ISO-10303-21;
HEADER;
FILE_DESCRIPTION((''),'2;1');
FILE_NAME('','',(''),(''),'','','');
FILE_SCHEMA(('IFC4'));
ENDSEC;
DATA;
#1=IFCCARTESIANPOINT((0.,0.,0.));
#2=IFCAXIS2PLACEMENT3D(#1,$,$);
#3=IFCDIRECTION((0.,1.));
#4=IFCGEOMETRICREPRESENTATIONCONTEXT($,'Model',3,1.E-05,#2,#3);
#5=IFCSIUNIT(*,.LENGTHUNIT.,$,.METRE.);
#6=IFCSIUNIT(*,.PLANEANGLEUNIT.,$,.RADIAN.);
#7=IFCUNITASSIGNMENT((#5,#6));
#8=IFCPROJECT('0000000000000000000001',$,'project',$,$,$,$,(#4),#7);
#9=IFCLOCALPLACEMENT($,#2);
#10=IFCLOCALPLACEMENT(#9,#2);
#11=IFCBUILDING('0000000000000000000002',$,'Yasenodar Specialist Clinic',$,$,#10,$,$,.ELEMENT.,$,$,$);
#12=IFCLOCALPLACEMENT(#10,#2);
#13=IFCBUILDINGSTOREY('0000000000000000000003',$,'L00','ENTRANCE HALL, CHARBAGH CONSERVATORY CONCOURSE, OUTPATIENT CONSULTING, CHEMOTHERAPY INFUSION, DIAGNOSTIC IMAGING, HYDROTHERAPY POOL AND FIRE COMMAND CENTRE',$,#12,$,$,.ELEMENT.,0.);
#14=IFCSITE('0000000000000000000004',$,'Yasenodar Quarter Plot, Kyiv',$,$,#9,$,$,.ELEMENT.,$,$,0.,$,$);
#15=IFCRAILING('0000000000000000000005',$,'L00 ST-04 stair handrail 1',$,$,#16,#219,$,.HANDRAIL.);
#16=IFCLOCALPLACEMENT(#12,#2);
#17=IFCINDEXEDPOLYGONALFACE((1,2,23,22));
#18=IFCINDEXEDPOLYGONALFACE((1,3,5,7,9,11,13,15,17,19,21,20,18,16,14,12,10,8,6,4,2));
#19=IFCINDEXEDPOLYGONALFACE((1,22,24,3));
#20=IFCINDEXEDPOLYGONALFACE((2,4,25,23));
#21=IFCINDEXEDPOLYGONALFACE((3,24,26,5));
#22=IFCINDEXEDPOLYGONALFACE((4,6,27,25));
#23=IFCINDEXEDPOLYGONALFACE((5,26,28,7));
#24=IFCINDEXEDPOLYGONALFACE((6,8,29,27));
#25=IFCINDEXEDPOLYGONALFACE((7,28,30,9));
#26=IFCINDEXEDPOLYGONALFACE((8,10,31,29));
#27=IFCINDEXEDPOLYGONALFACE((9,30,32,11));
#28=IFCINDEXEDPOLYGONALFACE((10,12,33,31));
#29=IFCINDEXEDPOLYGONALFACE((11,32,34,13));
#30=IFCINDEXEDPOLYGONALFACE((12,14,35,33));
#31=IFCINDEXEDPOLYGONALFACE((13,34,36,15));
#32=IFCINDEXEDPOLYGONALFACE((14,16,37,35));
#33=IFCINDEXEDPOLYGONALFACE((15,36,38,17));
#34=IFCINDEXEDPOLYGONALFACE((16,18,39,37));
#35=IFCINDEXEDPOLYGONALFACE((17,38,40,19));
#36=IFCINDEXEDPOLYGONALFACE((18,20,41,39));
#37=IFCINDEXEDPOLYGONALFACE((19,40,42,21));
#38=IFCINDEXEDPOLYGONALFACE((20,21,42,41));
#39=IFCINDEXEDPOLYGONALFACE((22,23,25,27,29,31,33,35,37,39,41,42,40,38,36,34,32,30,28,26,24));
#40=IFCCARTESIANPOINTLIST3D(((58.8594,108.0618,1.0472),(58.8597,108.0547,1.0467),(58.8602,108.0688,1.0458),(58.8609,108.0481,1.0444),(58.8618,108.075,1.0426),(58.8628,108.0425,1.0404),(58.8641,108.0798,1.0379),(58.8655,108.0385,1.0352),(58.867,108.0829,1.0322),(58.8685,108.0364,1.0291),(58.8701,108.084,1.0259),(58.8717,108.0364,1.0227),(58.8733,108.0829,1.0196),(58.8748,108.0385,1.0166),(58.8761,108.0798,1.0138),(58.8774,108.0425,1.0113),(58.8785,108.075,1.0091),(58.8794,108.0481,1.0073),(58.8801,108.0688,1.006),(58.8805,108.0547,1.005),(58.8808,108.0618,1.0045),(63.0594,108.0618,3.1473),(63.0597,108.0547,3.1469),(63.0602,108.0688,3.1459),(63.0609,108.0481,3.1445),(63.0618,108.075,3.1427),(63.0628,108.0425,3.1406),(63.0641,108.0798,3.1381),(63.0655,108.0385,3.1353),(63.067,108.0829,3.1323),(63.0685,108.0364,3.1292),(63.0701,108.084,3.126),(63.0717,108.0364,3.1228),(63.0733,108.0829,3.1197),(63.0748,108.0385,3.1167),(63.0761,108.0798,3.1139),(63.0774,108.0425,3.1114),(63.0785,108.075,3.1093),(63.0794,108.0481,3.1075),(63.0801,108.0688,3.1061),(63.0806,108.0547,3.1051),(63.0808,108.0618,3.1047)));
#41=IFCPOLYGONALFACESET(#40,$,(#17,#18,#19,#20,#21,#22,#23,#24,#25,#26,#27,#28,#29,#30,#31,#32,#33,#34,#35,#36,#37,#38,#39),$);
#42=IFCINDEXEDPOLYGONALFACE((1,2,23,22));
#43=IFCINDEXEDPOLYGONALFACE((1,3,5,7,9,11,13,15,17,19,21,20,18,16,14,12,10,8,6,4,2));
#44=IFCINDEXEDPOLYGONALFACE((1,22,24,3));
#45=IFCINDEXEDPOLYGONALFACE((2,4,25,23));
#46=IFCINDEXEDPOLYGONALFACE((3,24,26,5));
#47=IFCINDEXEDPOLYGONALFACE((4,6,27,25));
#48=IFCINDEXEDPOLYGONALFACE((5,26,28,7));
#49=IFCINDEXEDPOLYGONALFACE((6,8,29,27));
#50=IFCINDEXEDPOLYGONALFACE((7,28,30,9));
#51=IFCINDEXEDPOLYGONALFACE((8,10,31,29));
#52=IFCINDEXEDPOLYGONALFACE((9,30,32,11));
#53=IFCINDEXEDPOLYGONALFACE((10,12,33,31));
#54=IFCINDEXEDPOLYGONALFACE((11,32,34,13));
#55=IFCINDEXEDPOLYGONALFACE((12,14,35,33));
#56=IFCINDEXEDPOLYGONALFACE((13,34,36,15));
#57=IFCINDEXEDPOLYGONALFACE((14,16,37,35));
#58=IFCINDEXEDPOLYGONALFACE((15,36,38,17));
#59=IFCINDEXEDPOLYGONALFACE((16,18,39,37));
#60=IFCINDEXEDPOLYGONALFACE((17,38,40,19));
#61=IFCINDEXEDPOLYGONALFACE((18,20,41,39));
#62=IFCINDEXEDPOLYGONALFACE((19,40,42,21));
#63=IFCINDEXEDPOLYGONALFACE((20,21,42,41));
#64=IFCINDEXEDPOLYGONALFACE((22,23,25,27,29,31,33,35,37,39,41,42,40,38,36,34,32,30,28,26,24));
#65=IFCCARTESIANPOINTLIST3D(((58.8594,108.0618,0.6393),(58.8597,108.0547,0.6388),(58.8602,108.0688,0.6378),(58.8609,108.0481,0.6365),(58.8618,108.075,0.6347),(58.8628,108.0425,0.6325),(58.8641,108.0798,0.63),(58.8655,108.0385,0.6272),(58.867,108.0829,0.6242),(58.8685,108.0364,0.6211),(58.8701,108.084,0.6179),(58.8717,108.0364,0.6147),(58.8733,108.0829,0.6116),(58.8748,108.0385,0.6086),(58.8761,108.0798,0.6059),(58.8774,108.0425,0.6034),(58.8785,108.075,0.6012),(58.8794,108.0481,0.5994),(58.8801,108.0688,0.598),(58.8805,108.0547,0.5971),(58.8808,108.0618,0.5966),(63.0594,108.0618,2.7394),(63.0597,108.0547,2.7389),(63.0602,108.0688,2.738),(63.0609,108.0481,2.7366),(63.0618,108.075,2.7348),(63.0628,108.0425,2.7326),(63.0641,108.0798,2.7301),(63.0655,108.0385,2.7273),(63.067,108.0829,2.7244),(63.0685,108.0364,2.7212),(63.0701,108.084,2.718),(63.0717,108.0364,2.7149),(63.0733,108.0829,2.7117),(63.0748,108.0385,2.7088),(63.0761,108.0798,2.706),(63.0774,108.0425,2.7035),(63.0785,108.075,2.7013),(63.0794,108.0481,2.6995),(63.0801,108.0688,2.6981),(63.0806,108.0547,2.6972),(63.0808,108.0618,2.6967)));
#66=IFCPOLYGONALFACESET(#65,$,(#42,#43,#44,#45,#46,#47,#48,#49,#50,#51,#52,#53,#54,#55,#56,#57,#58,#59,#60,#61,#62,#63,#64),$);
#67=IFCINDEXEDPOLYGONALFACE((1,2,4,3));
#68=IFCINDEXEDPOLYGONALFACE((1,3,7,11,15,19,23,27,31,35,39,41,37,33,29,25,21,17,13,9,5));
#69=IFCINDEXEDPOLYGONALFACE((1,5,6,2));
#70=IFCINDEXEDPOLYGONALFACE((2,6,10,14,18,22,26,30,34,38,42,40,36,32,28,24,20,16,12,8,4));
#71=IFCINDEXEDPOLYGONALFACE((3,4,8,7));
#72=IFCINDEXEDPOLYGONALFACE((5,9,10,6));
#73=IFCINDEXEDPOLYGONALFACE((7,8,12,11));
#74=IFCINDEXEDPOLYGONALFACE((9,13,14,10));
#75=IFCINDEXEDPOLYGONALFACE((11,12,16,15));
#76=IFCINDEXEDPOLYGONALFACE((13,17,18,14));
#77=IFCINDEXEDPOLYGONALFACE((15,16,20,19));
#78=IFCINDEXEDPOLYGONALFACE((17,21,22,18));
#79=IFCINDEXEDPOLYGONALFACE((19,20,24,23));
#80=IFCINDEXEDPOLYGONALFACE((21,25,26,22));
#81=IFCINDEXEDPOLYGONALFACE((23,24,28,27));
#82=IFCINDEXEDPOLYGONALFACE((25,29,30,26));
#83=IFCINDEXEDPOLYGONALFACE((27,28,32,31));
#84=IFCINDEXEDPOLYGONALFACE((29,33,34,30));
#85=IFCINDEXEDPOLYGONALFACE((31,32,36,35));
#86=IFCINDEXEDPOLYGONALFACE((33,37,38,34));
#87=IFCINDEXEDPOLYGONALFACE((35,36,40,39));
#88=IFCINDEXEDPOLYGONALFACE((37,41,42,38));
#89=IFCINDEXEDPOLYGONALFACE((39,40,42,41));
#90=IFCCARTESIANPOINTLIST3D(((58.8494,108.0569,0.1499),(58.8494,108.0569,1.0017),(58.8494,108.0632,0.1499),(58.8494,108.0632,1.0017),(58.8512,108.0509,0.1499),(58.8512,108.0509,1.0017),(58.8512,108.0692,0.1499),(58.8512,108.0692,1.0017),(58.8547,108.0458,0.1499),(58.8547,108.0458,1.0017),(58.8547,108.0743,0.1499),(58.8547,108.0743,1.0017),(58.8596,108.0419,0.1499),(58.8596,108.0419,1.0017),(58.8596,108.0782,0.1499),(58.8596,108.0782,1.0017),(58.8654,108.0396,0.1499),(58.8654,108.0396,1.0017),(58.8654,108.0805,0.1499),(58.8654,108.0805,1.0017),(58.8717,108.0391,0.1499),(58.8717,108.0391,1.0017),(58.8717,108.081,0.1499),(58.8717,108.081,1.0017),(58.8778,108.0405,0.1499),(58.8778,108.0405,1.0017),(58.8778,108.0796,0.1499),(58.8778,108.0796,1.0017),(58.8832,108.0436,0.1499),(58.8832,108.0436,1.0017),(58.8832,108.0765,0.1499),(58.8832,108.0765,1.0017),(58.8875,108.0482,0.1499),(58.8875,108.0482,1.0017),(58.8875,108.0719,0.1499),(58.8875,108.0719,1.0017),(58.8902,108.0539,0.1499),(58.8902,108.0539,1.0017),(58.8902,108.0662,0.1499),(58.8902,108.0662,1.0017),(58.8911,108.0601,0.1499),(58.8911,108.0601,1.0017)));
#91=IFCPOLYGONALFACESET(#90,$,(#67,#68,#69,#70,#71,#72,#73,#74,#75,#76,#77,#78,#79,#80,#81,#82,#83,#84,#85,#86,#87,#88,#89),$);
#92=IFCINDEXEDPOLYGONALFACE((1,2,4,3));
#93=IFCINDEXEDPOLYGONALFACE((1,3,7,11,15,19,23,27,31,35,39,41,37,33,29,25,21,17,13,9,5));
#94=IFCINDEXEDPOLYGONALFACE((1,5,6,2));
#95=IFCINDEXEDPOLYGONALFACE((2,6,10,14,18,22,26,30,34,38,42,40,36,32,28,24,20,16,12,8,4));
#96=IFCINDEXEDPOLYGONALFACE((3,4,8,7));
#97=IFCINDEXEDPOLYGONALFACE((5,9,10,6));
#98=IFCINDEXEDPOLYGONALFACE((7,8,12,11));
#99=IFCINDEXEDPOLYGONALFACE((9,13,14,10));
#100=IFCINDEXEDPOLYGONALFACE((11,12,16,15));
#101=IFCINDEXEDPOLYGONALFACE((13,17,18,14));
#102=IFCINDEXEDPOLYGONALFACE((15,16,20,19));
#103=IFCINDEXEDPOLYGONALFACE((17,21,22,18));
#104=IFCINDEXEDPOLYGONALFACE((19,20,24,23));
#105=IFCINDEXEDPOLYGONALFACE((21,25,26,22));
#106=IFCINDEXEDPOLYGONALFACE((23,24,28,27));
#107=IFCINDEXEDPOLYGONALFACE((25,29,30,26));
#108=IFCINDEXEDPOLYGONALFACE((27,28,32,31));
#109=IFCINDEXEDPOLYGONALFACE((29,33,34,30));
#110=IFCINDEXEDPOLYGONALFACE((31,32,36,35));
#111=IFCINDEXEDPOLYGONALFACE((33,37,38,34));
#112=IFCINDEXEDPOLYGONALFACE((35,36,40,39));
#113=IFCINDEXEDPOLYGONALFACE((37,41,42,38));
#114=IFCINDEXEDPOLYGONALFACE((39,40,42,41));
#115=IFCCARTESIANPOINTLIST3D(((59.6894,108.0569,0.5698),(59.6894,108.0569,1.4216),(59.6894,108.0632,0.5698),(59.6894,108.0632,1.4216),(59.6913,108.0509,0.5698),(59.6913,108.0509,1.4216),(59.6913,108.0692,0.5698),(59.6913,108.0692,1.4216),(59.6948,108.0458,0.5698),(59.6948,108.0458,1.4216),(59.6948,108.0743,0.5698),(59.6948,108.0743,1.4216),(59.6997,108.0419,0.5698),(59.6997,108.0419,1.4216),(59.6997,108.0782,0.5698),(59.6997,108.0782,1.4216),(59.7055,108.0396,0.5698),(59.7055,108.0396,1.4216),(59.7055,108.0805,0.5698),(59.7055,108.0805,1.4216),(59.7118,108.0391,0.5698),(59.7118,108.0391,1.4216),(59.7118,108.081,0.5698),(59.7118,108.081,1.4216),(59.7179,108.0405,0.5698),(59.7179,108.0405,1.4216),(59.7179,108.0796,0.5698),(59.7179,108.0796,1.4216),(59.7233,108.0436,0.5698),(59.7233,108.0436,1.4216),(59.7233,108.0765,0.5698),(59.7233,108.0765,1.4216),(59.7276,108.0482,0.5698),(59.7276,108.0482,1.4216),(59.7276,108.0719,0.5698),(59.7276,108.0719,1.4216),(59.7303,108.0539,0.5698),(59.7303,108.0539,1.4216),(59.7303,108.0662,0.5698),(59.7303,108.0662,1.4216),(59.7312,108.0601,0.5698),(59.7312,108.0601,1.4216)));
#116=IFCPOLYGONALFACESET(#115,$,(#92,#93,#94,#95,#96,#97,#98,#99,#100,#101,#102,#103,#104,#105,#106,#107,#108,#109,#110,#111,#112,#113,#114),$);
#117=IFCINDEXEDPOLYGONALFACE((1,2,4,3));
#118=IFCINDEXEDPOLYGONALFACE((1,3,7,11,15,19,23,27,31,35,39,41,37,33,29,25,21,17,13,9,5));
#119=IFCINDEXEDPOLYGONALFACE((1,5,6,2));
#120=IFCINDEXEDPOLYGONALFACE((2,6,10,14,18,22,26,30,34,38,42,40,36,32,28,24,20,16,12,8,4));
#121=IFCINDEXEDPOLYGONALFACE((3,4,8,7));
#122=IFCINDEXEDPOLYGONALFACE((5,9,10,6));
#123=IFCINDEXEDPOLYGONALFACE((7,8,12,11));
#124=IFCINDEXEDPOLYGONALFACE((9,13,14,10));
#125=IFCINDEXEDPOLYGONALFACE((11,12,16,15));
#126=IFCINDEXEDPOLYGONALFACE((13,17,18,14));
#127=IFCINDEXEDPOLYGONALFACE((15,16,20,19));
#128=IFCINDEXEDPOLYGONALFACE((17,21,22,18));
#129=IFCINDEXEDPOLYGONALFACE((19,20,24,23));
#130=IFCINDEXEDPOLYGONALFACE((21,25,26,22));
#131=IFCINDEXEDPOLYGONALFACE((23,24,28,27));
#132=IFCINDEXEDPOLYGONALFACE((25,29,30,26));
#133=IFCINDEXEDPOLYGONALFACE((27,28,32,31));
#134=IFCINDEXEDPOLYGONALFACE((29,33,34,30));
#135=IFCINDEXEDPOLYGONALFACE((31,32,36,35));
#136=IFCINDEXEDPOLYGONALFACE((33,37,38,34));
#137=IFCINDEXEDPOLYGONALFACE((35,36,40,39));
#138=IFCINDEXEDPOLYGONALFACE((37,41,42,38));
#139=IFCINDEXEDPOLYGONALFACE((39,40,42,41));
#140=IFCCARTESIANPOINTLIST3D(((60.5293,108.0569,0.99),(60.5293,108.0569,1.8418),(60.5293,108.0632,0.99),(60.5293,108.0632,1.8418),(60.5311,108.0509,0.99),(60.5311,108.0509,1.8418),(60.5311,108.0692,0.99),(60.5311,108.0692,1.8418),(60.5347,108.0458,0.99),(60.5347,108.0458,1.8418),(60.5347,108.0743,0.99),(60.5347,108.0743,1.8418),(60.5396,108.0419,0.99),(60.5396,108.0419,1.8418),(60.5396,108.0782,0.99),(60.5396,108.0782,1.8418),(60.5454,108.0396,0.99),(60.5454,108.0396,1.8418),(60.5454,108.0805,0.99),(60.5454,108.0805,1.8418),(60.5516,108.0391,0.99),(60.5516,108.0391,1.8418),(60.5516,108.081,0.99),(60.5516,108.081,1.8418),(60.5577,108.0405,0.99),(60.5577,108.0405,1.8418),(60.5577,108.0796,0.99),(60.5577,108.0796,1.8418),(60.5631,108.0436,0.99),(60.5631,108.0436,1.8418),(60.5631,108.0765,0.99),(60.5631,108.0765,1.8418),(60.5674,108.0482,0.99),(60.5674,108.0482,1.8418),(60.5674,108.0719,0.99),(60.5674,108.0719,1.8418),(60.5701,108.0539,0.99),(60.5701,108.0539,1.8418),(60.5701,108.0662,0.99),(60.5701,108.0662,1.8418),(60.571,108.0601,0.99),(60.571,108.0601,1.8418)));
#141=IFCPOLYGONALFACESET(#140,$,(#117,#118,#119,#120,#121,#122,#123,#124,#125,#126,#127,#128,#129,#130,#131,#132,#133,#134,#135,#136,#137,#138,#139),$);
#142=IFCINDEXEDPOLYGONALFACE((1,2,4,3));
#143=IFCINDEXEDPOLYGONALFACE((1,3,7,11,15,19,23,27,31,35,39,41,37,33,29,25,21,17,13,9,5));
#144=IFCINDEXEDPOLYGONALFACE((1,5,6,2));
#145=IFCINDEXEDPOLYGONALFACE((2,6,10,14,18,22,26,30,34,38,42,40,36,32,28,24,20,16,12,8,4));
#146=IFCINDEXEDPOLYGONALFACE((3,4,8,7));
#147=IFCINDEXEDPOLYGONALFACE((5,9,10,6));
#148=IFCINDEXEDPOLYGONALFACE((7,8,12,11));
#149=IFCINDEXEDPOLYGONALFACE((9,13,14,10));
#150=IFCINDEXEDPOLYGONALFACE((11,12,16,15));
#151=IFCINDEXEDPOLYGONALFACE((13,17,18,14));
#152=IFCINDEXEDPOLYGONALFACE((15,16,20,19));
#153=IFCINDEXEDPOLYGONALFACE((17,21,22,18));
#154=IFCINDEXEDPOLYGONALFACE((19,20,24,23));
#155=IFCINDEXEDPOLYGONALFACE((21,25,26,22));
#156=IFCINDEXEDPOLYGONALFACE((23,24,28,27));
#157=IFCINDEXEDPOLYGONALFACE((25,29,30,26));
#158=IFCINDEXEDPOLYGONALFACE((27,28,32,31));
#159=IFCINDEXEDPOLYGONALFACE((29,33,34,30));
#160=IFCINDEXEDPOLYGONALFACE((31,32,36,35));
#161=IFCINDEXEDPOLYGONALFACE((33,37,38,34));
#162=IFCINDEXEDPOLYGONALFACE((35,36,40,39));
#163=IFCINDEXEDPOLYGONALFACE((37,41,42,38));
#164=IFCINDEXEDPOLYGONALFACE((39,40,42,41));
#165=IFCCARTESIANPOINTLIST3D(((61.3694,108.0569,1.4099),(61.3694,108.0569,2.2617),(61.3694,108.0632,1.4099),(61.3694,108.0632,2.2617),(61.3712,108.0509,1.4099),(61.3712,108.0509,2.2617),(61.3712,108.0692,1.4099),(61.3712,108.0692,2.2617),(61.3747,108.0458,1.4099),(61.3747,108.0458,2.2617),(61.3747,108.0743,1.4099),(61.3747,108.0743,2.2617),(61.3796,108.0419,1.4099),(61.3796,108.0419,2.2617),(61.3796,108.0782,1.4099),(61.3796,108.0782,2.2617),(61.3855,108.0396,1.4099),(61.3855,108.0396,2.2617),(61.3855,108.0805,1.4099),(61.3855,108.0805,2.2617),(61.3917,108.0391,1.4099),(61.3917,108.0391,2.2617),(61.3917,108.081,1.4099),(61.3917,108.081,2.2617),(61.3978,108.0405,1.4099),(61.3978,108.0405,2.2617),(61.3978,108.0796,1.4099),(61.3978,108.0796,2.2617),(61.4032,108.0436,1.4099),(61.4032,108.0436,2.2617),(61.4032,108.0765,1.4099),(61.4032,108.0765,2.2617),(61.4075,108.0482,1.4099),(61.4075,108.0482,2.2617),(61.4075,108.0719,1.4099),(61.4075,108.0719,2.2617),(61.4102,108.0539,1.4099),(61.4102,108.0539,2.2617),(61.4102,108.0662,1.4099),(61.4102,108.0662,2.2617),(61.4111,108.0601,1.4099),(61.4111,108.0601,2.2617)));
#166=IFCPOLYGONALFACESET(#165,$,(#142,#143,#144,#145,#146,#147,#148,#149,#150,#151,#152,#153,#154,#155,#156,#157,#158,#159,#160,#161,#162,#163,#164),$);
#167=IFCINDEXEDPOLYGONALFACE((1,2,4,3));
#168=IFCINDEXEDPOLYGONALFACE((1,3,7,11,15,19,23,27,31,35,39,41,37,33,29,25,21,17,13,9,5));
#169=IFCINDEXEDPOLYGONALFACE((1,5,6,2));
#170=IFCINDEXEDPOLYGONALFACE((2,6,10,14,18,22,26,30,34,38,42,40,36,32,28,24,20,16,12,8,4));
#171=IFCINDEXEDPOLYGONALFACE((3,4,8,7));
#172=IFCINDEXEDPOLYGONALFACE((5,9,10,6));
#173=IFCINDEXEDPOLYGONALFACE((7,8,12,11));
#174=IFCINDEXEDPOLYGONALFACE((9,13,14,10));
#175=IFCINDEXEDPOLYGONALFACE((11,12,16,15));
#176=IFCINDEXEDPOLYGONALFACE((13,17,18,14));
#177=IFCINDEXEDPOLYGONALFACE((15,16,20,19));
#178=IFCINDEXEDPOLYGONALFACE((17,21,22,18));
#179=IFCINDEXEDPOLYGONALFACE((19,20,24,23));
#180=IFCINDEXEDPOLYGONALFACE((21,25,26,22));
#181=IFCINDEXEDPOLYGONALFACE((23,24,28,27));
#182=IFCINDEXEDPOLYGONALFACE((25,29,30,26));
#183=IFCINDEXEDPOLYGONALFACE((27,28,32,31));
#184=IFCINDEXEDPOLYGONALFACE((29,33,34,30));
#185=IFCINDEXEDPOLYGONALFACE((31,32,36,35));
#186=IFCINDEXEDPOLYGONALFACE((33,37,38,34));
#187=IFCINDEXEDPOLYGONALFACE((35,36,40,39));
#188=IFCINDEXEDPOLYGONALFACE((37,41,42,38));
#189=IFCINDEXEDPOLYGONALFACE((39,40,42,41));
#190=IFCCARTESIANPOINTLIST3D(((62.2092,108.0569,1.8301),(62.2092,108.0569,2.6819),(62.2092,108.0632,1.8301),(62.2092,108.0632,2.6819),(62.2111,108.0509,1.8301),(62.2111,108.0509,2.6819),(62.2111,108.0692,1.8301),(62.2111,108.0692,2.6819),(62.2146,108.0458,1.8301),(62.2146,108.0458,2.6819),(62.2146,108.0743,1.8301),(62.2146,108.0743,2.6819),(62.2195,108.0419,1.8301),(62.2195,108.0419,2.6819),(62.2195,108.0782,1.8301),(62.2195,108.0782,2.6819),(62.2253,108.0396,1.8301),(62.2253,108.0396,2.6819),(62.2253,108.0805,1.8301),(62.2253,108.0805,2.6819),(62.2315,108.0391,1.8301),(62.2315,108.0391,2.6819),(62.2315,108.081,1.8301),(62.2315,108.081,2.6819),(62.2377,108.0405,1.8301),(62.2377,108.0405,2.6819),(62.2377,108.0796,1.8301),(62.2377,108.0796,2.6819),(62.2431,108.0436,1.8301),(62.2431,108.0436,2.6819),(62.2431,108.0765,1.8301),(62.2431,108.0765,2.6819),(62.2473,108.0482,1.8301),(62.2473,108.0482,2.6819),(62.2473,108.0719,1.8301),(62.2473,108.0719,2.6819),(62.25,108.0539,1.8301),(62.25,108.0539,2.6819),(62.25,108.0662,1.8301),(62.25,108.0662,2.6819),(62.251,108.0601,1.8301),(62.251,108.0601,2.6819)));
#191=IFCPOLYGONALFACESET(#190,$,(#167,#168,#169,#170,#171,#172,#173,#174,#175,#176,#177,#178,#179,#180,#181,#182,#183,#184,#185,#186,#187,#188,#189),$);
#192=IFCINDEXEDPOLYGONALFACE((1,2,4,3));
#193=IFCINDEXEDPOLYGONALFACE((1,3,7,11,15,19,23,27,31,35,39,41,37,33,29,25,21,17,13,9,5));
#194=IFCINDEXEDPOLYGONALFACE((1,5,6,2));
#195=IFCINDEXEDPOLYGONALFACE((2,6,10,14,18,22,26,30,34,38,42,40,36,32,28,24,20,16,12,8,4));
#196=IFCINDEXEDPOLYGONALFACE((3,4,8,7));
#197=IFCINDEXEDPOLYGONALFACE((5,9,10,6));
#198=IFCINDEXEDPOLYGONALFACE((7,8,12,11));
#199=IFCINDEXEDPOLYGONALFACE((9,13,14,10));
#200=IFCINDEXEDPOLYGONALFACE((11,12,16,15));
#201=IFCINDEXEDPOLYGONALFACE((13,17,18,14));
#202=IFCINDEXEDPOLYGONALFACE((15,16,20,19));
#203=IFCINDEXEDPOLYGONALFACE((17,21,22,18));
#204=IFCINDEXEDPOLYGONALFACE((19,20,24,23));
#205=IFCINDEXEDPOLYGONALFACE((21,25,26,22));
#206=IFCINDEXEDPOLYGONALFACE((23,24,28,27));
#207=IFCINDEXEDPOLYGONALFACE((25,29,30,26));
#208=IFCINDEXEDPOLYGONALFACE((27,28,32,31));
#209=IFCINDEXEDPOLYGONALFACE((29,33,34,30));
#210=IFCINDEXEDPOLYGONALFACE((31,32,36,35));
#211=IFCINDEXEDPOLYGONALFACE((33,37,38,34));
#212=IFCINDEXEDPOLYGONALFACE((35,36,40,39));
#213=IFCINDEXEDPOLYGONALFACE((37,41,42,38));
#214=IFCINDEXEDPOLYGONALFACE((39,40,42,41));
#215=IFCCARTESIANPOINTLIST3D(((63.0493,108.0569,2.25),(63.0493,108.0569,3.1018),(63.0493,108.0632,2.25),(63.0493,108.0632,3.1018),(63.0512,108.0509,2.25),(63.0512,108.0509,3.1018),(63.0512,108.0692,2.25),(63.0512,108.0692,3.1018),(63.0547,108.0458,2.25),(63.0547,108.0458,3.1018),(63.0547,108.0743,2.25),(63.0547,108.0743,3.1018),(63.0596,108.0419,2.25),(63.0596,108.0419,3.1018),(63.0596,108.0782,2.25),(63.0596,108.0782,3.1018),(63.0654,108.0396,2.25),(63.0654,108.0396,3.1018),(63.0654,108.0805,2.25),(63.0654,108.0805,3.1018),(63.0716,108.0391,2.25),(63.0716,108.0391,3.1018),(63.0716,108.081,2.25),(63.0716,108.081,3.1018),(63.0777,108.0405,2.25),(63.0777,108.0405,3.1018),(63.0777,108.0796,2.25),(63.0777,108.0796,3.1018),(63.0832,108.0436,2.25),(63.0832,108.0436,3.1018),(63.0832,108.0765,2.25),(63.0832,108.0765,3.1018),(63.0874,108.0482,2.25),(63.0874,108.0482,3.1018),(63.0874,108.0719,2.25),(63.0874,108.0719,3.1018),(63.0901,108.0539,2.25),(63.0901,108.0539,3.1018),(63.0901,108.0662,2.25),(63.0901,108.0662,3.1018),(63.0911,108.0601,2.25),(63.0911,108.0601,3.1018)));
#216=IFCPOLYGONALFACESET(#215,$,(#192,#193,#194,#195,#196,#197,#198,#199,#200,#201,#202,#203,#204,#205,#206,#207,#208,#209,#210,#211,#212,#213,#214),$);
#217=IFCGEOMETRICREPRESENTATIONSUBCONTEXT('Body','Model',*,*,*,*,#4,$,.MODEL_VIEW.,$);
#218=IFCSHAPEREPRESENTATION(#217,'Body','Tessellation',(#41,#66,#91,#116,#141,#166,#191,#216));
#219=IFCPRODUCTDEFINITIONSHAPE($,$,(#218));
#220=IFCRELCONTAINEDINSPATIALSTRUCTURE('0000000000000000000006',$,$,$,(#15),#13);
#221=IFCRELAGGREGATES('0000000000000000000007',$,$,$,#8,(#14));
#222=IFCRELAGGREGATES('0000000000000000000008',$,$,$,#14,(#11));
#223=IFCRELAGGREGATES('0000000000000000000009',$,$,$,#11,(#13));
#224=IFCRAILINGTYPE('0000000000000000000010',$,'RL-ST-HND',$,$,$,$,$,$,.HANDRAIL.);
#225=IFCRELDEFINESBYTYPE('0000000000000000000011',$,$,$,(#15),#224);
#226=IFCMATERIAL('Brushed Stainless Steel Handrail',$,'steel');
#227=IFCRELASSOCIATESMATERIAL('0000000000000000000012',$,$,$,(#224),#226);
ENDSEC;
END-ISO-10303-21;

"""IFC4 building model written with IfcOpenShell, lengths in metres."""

from ifc_helpers import new_model, si_unit, direction, frame, origin, origin_2d, place, context, subcontext, project, spatial, circle, extrude, material, type_object, element, save


model = new_model("IFC4")

# Units and contexts
model_context = context("Model", 3, precision=1e-05, world=origin(), true_north=direction((0.0, 1.0)))
body_context = subcontext(model_context, "Body", "Model", "MODEL_VIEW")
ifc_project = project(units=[si_unit("LENGTHUNIT", "METRE"), si_unit("PLANEANGLEUNIT", "RADIAN")], contexts=[model_context])

# Site, building, storey
site_placement = place(None, origin())
site = spatial("IfcSite", under=ifc_project, at=site_placement, Name="Yasenodar Quarter Plot, Kyiv", CompositionType="ELEMENT", RefElevation=0.0)
building_placement = place(site_placement, origin())
building = spatial("IfcBuilding", under=site, at=building_placement, Name="Yasenodar Specialist Clinic", CompositionType="ELEMENT")
storey_placement = place(building_placement, origin())
storey = spatial("IfcBuildingStorey", under=building, at=storey_placement, Name="L00", Description="ENTRANCE HALL, CHARBAGH CONSERVATORY CONCOURSE, OUTPATIENT CONSULTING, CHEMOTHERAPY INFUSION, DIAGNOSTIC IMAGING, HYDROTHERAPY POOL AND FIRE COMMAND CENTRE", CompositionType="ELEMENT", Elevation=0.0)

# Railing
ifc_material_1 = material(Name="Brushed Stainless Steel Handrail", Category="steel")
railing_type_1 = type_object("IfcRailingType", Name="RL-ST-HND", PredefinedType="HANDRAIL", material=ifc_material_1)
railing_1_placement = place(storey_placement, frame((58.8701, 108.0601, 0.1499)))
element("IfcRailing", 1, at=railing_1_placement, inside=storey, type_object=railing_type_1, Name="L00 ST-04 stair handrail 1", PredefinedType="HANDRAIL", context=body_context, shape_type="SweptSolid", body=[
    extrude(circle(Radius=0.0239, at=origin_2d()), frame((0.0, 0.0, 0.876), z_axis=(0.894417, 0.0, 0.447234), x_axis=(0.0, 1.0, 0.0)), (0.0, 0.0, 1.0), 4.6958),
    extrude(circle(Radius=0.0239, at=origin_2d()), frame((0.0, 0.0, 0.468), z_axis=(0.894417, 0.0, 0.447234), x_axis=(0.0, 1.0, 0.0)), (0.0, 0.0, 1.0), 4.6958),
    extrude(circle(Radius=0.021, at=origin_2d()), origin(), (0.0, 0.0, 1.0), 0.8518),
    extrude(circle(Radius=0.021, at=origin_2d()), frame((0.8401, 0.0, 0.4199)), (0.0, 0.0, 1.0), 0.8518),
    extrude(circle(Radius=0.021, at=origin_2d()), frame((1.6799, 0.0, 0.8401)), (0.0, 0.0, 1.0), 0.8518),
    extrude(circle(Radius=0.021, at=origin_2d()), frame((2.52, 0.0, 1.26)), (0.0, 0.0, 1.0), 0.8518),
    extrude(circle(Radius=0.021, at=origin_2d()), frame((3.3599, 0.0, 1.6802)), (0.0, 0.0, 1.0), 0.8518),
    extrude(circle(Radius=0.021, at=origin_2d()), frame((4.2, 0.0, 2.1001)), (0.0, 0.0, 1.0), 0.8518),
])

save(model, "model.ifc")
